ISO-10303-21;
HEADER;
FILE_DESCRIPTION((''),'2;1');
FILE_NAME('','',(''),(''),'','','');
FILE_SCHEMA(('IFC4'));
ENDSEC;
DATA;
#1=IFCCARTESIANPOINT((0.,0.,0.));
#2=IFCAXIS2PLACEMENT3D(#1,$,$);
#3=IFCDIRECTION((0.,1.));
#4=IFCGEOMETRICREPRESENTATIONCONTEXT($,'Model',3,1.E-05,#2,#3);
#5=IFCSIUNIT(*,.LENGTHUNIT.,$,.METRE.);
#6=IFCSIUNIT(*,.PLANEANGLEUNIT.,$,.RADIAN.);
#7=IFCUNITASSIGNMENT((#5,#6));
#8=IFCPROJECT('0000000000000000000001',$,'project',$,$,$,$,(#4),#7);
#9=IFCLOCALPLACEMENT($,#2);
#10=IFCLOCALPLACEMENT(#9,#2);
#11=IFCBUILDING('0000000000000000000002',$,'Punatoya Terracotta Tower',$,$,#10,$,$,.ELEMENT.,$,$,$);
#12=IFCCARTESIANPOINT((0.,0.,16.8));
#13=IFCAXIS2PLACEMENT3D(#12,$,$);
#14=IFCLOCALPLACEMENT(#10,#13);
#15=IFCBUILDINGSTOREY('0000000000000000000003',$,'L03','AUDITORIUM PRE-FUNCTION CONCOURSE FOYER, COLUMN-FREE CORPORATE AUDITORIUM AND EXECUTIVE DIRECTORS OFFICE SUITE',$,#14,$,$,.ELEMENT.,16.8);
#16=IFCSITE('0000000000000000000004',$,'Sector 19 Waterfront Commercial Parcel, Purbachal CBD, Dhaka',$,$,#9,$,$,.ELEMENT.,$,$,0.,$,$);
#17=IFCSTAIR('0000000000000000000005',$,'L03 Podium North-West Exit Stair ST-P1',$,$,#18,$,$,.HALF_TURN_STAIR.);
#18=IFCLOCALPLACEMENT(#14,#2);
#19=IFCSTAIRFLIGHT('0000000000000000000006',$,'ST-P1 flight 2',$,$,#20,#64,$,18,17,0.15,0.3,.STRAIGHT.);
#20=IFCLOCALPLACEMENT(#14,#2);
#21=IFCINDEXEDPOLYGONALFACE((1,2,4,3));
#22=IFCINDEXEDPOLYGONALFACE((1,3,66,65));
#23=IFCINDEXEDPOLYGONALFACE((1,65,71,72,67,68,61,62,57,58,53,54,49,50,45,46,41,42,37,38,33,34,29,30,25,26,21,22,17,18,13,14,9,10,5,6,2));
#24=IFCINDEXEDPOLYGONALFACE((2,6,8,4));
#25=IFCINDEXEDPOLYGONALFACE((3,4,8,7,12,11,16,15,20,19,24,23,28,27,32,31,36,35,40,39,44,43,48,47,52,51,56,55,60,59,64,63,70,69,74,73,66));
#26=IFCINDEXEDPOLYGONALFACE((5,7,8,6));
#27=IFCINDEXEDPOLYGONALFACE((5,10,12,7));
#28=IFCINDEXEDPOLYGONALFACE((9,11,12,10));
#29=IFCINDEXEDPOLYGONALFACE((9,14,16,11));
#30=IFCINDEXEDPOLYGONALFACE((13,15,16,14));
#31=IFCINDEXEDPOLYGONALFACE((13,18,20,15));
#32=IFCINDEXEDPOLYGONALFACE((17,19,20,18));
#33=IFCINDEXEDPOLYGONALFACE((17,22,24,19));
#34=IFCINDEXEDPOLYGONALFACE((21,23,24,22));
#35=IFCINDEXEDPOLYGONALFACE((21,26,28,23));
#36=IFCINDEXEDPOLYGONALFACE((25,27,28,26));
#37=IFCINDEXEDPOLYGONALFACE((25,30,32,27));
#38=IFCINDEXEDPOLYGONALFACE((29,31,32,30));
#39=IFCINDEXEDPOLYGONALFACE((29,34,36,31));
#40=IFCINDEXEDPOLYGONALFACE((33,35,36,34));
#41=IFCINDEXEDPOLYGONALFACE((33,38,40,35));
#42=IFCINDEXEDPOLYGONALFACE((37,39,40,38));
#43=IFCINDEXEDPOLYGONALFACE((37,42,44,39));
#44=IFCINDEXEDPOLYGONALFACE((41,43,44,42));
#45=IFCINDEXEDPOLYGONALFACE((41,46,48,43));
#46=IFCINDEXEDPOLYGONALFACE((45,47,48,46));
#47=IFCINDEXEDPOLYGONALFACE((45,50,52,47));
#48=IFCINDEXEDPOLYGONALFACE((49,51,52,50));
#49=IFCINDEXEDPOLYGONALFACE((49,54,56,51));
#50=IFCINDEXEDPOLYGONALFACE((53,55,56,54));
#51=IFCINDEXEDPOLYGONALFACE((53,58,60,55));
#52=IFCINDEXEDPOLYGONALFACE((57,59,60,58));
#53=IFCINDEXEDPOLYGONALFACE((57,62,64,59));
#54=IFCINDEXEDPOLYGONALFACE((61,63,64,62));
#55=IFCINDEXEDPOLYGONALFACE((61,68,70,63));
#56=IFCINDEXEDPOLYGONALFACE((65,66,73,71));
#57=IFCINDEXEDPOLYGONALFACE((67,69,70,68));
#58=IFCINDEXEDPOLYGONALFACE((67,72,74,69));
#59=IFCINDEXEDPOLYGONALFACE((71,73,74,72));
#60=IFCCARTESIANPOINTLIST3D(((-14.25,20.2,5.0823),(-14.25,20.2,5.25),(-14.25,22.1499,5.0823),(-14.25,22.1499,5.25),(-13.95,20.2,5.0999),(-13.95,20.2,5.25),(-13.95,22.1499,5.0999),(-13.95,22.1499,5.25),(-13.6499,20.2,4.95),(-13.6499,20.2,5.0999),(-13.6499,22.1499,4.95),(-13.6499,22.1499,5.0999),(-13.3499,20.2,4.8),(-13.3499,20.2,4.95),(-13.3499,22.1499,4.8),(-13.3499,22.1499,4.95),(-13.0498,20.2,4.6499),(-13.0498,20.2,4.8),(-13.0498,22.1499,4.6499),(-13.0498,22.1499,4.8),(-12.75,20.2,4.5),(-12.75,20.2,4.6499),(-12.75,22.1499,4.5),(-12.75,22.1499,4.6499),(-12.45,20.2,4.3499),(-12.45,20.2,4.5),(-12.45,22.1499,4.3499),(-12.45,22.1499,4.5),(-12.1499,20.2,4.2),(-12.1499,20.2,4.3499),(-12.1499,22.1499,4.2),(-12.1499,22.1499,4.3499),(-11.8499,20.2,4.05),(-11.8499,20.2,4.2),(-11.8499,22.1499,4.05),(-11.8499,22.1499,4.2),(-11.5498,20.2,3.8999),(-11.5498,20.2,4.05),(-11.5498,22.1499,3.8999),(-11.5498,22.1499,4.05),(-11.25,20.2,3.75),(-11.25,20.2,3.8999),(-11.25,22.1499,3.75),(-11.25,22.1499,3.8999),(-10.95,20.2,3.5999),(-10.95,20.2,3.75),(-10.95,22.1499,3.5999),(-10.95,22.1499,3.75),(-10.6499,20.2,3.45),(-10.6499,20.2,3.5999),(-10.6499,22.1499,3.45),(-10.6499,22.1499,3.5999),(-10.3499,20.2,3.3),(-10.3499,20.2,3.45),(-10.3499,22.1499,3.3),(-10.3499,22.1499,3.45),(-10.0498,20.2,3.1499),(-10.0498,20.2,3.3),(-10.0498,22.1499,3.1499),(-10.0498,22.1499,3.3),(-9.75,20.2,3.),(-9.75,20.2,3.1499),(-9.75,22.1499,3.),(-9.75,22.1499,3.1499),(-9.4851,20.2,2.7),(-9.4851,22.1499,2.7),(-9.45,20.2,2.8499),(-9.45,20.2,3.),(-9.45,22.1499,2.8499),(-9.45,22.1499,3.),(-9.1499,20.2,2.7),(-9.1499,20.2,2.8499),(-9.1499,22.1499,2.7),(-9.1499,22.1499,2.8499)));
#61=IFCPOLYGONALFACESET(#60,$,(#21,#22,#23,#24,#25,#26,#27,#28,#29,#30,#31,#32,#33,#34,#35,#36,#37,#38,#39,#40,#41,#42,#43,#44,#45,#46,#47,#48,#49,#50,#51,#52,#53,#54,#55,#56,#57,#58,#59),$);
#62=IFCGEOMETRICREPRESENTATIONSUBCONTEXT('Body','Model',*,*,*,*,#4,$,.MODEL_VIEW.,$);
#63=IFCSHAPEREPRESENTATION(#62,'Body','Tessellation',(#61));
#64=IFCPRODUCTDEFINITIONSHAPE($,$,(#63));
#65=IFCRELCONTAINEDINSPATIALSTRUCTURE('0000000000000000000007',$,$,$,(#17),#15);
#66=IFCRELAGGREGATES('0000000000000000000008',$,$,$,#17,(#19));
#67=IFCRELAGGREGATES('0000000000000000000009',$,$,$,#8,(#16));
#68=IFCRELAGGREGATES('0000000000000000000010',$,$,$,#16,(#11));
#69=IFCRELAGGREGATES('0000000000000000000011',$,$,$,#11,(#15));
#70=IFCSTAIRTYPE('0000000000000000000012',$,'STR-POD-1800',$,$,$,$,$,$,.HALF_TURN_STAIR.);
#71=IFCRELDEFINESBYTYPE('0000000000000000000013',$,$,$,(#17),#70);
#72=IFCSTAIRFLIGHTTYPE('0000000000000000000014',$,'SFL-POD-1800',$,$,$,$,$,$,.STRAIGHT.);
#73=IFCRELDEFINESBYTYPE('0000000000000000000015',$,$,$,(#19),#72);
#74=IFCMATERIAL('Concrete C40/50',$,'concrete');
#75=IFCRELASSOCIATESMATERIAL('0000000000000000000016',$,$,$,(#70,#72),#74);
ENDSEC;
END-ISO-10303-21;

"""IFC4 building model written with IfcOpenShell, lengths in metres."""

from ifc_helpers import new_model, si_unit, direction, frame, origin, place, context, subcontext, project, spatial, polyline, outline, extrude, material, type_object, element, aggregate, save


model = new_model("IFC4")

# Units and contexts
model_context = context("Model", 3, precision=1e-05, world=origin(), true_north=direction((0.0, 1.0)))
body_context = subcontext(model_context, "Body", "Model", "MODEL_VIEW")
ifc_project = project(units=[si_unit("LENGTHUNIT", "METRE"), si_unit("PLANEANGLEUNIT", "RADIAN")], contexts=[model_context])

# Site, building, storey
site_placement = place(None, origin())
site = spatial("IfcSite", under=ifc_project, at=site_placement, Name="Sector 19 Waterfront Commercial Parcel, Purbachal CBD, Dhaka", CompositionType="ELEMENT", RefElevation=0.0)
building_placement = place(site_placement, origin())
building = spatial("IfcBuilding", under=site, at=building_placement, Name="Punatoya Terracotta Tower", CompositionType="ELEMENT")
storey_placement = place(building_placement, frame((0.0, 0.0, 16.8)))
storey = spatial("IfcBuildingStorey", under=building, at=storey_placement, Name="L03", Description="AUDITORIUM PRE-FUNCTION CONCOURSE FOYER, COLUMN-FREE CORPORATE AUDITORIUM AND EXECUTIVE DIRECTORS OFFICE SUITE", CompositionType="ELEMENT", Elevation=16.8)

# Shared definitions
ifc_material_1 = material(Name="Concrete C40/50", Category="concrete")

# Stair, stair flight
stair_type = type_object("IfcStairType", Name="STR-POD-1800", PredefinedType="HALF_TURN_STAIR", material=ifc_material_1)
stair_placement = place(storey_placement, origin())
stair = element("IfcStair", 1, at=stair_placement, inside=storey, type_object=stair_type, Name="L03 Podium North-West Exit Stair ST-P1", PredefinedType="HALF_TURN_STAIR")
stair_flight_type = type_object("IfcStairFlightType", Name="SFL-POD-1800", PredefinedType="STRAIGHT", material=ifc_material_1)
stair_flight_1_placement = place(storey_placement, frame((-9.1499, 21.175, 2.7), z_axis=(0.0, 0.0, 1.0), x_axis=(-1.0, 0.0, 0.0)))
stair_flight_1 = element("IfcStairFlight", 2, at=stair_flight_1_placement, type_object=stair_flight_type, Name="ST-P1 flight 2", NumberOfRisers=18, NumberOfTreads=17, PredefinedType="STRAIGHT", RiserHeight=0.15, TreadLength=0.3, context=body_context, shape_type="SweptSolid", body=[
    extrude(outline(polyline([(0.0, 0.0), (0.0, 0.1499), (0.3, 0.1499), (0.3, 0.3), (0.6001, 0.3), (0.6001, 0.45), (0.8999, 0.45), (0.8999, 0.6001), (1.2, 0.6001), (1.2, 0.75), (1.5, 0.75), (1.5, 0.8999), (1.8, 0.8999), (1.8, 1.05), (2.1001, 1.05), (2.1001, 1.2), (2.3999, 1.2), (2.3999, 1.3501), (2.7, 1.3501), (2.7, 1.5), (3.0, 1.5), (3.0, 1.6499), (3.3, 1.6499), (3.3, 1.8), (3.6001, 1.8), (3.6001, 1.95), (3.8999, 1.95), (3.8999, 2.1001), (4.2, 2.1001), (4.2, 2.25), (4.5, 2.25), (4.5, 2.3999), (4.8, 2.3999), (4.8, 2.55), (5.1001, 2.55), (5.1001, 2.7), (5.1001, 2.3823), (0.3352, 0.0), (0.0, 0.0)])), frame((0.0, 0.9751, 0.0), z_axis=(0.0, -1.0, 0.0), x_axis=(1.0, 0.0, 0.0)), (0.0, 0.0, 1.0), 1.95),
])
aggregate(stair, [stair_flight_1])

save(model, "model.ifc")
